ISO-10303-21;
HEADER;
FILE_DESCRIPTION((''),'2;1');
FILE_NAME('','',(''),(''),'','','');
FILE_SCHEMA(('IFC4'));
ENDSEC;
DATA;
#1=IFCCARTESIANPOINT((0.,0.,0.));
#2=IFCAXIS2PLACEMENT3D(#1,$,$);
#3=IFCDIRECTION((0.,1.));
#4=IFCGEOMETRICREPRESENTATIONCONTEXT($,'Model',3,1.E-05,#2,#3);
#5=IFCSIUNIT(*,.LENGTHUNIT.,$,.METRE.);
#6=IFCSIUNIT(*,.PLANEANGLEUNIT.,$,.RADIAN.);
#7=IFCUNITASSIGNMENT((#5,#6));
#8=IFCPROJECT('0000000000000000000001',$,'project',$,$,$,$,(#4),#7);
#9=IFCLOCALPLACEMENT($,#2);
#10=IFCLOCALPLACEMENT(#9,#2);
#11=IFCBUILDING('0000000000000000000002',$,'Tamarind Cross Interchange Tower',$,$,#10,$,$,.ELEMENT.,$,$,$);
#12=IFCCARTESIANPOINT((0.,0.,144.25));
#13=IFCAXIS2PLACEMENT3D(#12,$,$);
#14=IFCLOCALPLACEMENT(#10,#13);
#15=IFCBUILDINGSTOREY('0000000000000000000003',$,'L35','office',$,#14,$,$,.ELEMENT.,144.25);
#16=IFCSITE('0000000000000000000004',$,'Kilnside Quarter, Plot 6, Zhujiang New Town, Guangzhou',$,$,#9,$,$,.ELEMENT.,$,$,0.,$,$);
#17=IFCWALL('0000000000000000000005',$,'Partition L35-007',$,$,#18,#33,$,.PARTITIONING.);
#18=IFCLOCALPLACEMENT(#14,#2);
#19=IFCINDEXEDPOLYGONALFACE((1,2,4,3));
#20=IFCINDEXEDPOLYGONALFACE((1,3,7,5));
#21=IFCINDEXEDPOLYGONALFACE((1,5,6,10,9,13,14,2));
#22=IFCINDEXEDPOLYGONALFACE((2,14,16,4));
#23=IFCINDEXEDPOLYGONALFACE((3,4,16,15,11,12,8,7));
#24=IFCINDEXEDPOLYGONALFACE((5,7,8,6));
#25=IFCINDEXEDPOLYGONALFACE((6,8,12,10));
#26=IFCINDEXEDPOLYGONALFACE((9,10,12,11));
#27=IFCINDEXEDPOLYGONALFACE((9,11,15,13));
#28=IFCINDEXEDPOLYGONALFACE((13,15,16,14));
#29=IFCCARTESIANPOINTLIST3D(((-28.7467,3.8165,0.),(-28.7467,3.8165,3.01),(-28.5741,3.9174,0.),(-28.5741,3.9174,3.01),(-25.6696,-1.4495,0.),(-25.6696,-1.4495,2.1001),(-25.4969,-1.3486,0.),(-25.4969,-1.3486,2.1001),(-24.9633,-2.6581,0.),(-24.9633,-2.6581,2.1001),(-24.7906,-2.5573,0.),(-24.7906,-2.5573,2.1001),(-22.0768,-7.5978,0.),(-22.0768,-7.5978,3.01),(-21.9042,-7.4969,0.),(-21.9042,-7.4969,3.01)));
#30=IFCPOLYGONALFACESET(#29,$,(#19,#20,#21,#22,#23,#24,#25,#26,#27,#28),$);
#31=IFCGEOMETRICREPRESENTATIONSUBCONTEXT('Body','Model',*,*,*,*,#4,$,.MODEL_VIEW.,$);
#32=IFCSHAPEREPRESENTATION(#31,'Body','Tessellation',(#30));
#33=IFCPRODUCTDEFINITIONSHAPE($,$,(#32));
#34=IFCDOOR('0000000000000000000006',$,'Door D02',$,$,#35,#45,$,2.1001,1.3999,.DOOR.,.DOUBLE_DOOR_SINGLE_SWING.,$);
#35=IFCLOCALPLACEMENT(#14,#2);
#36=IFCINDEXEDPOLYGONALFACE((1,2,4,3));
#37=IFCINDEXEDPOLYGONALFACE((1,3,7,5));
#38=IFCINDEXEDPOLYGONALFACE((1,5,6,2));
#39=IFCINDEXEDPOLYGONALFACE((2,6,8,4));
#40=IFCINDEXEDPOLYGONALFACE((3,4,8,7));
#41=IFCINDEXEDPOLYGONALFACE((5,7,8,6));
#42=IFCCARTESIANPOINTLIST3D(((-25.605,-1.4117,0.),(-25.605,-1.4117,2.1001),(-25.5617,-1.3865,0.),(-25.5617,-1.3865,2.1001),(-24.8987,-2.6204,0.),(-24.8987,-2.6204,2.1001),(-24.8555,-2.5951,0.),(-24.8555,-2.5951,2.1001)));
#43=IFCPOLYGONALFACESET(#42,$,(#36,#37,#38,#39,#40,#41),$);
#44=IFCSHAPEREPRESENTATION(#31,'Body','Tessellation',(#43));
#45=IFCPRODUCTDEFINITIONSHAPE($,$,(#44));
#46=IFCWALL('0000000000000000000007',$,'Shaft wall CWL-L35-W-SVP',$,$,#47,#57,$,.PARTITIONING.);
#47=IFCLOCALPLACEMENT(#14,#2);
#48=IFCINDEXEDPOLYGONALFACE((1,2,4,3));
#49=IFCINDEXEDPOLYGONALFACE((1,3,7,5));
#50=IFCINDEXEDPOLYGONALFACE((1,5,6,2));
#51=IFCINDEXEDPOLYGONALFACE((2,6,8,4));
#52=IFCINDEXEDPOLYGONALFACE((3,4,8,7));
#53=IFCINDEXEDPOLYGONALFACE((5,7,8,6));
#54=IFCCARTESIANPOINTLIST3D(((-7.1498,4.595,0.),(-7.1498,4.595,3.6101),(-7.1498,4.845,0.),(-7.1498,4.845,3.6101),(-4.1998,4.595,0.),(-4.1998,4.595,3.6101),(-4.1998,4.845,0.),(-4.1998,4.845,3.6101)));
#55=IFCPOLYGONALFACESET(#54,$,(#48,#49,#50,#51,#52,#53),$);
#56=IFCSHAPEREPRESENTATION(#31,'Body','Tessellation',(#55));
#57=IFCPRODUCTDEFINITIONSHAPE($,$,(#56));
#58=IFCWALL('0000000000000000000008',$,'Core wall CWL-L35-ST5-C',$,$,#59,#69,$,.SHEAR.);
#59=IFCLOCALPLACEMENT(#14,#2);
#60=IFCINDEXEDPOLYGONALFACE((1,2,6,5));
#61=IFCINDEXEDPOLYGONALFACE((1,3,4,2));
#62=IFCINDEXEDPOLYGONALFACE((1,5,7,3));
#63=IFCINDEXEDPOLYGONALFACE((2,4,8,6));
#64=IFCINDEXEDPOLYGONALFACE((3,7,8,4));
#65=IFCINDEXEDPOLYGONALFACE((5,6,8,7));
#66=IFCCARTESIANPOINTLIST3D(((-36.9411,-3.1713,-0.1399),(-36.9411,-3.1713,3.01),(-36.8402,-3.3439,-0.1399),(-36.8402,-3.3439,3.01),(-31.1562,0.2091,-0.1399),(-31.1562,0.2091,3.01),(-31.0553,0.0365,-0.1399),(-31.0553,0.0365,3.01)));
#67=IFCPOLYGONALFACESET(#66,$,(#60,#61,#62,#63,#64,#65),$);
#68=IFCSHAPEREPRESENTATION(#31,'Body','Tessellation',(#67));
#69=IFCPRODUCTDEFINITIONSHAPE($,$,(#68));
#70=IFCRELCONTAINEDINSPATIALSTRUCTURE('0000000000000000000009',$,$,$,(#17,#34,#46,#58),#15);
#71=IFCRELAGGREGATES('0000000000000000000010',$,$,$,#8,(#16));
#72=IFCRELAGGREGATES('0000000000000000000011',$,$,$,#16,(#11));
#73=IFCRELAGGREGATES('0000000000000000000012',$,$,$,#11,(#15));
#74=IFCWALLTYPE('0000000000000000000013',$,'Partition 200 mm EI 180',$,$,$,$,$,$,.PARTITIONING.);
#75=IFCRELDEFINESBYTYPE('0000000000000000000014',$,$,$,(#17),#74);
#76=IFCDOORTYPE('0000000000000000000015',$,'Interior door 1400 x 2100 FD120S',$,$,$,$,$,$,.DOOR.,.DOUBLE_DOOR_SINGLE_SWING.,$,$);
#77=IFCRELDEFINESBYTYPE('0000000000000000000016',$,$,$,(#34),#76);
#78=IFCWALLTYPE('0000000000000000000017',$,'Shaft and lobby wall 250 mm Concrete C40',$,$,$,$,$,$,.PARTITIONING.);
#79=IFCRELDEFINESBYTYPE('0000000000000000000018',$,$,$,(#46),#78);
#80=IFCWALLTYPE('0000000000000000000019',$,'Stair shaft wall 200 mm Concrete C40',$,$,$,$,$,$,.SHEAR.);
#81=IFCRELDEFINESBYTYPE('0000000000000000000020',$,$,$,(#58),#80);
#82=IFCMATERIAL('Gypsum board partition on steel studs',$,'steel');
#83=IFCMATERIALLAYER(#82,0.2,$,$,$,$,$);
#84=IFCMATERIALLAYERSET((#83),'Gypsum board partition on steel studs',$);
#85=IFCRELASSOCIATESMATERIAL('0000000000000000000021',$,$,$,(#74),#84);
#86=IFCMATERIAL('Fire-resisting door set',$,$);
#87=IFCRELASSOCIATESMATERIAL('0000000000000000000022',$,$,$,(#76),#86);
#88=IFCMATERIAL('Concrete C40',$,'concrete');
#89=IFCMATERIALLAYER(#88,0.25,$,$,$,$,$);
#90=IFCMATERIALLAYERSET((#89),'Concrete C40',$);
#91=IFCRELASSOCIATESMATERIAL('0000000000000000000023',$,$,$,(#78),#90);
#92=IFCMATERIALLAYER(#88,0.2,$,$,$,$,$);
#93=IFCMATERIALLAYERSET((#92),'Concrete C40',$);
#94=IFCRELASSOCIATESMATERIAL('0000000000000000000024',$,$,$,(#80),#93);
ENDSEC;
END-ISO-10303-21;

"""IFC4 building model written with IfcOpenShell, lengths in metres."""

from ifc_helpers import new_model, si_unit, direction, frame, frame_2d, origin, place, context, subcontext, project, spatial, rectangle, extrude, material, layer, layer_set, type_object, element, fill, save


model = new_model("IFC4")

# Units and contexts
model_context = context("Model", 3, precision=1e-05, world=origin(), true_north=direction((0.0, 1.0)))
body_context = subcontext(model_context, "Body", "Model", "MODEL_VIEW")
ifc_project = project(units=[si_unit("LENGTHUNIT", "METRE"), si_unit("PLANEANGLEUNIT", "RADIAN")], contexts=[model_context])

# Site, building, storey
site_placement = place(None, origin())
site = spatial("IfcSite", under=ifc_project, at=site_placement, Name="Kilnside Quarter, Plot 6, Zhujiang New Town, Guangzhou", CompositionType="ELEMENT", RefElevation=0.0)
building_placement = place(site_placement, origin())
building = spatial("IfcBuilding", under=site, at=building_placement, Name="Tamarind Cross Interchange Tower", CompositionType="ELEMENT")
storey_placement = place(building_placement, frame((0.0, 0.0, 144.25)))
storey = spatial("IfcBuildingStorey", under=building, at=storey_placement, Name="L35", Description="office", CompositionType="ELEMENT", Elevation=144.25)

# Shared definitions
ifc_material_1 = material(Name="Gypsum board partition on steel studs", Category="steel")
ifc_material_2 = material(Name="Fire-resisting door set")

# Wall, opening, door
ifc_layer_1 = layer(ifc_material_1, 0.2)
ifc_layer_set_1 = layer_set([ifc_layer_1], Name="Gypsum board partition on steel studs")
wall_type_1 = type_object("IfcWallType", Name="Partition 200 mm EI 180", PredefinedType="PARTITIONING", material=ifc_layer_set_1)
wall_1_placement = place(storey_placement, frame((-28.6604, 3.8669, 0.0), z_axis=(0.0, 0.0, 1.0), x_axis=(0.504524, -0.863398, 0.0)))
wall_1 = element("IfcWall", 1, at=wall_1_placement, inside=storey, type_object=wall_type_1, Name="Partition L35-007", PredefinedType="PARTITIONING", context=body_context, shape_type="SweptSolid", body=[
    extrude(rectangle(XDim=13.2202, YDim=0.2, at=frame_2d((6.6101, 0.0))), origin(), (0.0, 0.0, 1.0), 3.01),
])
opening_1_placement = place(wall_1_placement, frame((6.0991, 0.0, 0.0)))
opening_1 = element("IfcOpeningElement", 2, at=opening_1_placement, cuts=wall_1, PredefinedType="OPENING", context=body_context, shape_type="SweptSolid", body=[
    extrude(rectangle(XDim=1.3999, YDim=2.1001, at=frame_2d((0.7, 1.05))), frame((0.0, 0.1099, 0.0), z_axis=(0.0, -1.0, 0.0), x_axis=(1.0, 0.0, 0.0)), (0.0, 0.0, 1.0), 0.22),
])
door_type_1 = type_object("IfcDoorType", Name="Interior door 1400 x 2100 FD120S", OperationType="DOUBLE_DOOR_SINGLE_SWING", PredefinedType="DOOR", material=ifc_material_2)
door_1_placement = place(opening_1_placement, origin())
door_1 = element("IfcDoor", 3, at=door_1_placement, inside=storey, type_object=door_type_1, Name="Door D02", OperationType="DOUBLE_DOOR_SINGLE_SWING", OverallHeight=2.1001, OverallWidth=1.3999, PredefinedType="DOOR", context=body_context, shape_type="SweptSolid", body=[
    extrude(rectangle(XDim=1.3999, YDim=2.1001, at=frame_2d((0.7, 1.05))), frame((0.0, 0.0249, 0.0), z_axis=(0.0, -1.0, 0.0), x_axis=(1.0, 0.0, 0.0)), (0.0, 0.0, 1.0), 0.05),
])
fill(opening_1, door_1)

# Walls
ifc_material_3 = material(Name="Concrete C40", Category="concrete")
ifc_layer_2 = layer(ifc_material_3, 0.25)
ifc_layer_set_2 = layer_set([ifc_layer_2], Name="Concrete C40")
wall_type_2 = type_object("IfcWallType", Name="Shaft and lobby wall 250 mm Concrete C40", PredefinedType="PARTITIONING", material=ifc_layer_set_2)
wall_2_placement = place(storey_placement, frame((-7.1499, 4.72, 0.0), z_axis=(0.0, 0.0, 1.0), x_axis=(1.0, 0.0, 0.0)))
element("IfcWall", 4, at=wall_2_placement, inside=storey, type_object=wall_type_2, Name="Shaft wall CWL-L35-W-SVP", PredefinedType="PARTITIONING", context=body_context, shape_type="SweptSolid", body=[
    extrude(rectangle(XDim=2.95, YDim=0.25, at=frame_2d((1.4751, 0.0))), origin(), (0.0, 0.0, 1.0), 3.6101),
])
ifc_layer_3 = layer(ifc_material_3, 0.2)
ifc_layer_set_3 = layer_set([ifc_layer_3], Name="Concrete C40")
wall_type_3 = type_object("IfcWallType", Name="Stair shaft wall 200 mm Concrete C40", PredefinedType="SHEAR", material=ifc_layer_set_3)
wall_3_placement = place(storey_placement, frame((-31.1057, 0.1228, -0.1399), z_axis=(0.0, 0.0, 1.0), x_axis=(-0.863399, -0.504521, 0.0)))
element("IfcWall", 5, at=wall_3_placement, inside=storey, type_object=wall_type_3, Name="Core wall CWL-L35-ST5-C", PredefinedType="SHEAR", context=body_context, shape_type="SweptSolid", body=[
    extrude(rectangle(XDim=6.7002, YDim=0.2, at=frame_2d((3.3501, 0.0))), origin(), (0.0, 0.0, 1.0), 3.1499),
])

save(model, "model.ifc")
